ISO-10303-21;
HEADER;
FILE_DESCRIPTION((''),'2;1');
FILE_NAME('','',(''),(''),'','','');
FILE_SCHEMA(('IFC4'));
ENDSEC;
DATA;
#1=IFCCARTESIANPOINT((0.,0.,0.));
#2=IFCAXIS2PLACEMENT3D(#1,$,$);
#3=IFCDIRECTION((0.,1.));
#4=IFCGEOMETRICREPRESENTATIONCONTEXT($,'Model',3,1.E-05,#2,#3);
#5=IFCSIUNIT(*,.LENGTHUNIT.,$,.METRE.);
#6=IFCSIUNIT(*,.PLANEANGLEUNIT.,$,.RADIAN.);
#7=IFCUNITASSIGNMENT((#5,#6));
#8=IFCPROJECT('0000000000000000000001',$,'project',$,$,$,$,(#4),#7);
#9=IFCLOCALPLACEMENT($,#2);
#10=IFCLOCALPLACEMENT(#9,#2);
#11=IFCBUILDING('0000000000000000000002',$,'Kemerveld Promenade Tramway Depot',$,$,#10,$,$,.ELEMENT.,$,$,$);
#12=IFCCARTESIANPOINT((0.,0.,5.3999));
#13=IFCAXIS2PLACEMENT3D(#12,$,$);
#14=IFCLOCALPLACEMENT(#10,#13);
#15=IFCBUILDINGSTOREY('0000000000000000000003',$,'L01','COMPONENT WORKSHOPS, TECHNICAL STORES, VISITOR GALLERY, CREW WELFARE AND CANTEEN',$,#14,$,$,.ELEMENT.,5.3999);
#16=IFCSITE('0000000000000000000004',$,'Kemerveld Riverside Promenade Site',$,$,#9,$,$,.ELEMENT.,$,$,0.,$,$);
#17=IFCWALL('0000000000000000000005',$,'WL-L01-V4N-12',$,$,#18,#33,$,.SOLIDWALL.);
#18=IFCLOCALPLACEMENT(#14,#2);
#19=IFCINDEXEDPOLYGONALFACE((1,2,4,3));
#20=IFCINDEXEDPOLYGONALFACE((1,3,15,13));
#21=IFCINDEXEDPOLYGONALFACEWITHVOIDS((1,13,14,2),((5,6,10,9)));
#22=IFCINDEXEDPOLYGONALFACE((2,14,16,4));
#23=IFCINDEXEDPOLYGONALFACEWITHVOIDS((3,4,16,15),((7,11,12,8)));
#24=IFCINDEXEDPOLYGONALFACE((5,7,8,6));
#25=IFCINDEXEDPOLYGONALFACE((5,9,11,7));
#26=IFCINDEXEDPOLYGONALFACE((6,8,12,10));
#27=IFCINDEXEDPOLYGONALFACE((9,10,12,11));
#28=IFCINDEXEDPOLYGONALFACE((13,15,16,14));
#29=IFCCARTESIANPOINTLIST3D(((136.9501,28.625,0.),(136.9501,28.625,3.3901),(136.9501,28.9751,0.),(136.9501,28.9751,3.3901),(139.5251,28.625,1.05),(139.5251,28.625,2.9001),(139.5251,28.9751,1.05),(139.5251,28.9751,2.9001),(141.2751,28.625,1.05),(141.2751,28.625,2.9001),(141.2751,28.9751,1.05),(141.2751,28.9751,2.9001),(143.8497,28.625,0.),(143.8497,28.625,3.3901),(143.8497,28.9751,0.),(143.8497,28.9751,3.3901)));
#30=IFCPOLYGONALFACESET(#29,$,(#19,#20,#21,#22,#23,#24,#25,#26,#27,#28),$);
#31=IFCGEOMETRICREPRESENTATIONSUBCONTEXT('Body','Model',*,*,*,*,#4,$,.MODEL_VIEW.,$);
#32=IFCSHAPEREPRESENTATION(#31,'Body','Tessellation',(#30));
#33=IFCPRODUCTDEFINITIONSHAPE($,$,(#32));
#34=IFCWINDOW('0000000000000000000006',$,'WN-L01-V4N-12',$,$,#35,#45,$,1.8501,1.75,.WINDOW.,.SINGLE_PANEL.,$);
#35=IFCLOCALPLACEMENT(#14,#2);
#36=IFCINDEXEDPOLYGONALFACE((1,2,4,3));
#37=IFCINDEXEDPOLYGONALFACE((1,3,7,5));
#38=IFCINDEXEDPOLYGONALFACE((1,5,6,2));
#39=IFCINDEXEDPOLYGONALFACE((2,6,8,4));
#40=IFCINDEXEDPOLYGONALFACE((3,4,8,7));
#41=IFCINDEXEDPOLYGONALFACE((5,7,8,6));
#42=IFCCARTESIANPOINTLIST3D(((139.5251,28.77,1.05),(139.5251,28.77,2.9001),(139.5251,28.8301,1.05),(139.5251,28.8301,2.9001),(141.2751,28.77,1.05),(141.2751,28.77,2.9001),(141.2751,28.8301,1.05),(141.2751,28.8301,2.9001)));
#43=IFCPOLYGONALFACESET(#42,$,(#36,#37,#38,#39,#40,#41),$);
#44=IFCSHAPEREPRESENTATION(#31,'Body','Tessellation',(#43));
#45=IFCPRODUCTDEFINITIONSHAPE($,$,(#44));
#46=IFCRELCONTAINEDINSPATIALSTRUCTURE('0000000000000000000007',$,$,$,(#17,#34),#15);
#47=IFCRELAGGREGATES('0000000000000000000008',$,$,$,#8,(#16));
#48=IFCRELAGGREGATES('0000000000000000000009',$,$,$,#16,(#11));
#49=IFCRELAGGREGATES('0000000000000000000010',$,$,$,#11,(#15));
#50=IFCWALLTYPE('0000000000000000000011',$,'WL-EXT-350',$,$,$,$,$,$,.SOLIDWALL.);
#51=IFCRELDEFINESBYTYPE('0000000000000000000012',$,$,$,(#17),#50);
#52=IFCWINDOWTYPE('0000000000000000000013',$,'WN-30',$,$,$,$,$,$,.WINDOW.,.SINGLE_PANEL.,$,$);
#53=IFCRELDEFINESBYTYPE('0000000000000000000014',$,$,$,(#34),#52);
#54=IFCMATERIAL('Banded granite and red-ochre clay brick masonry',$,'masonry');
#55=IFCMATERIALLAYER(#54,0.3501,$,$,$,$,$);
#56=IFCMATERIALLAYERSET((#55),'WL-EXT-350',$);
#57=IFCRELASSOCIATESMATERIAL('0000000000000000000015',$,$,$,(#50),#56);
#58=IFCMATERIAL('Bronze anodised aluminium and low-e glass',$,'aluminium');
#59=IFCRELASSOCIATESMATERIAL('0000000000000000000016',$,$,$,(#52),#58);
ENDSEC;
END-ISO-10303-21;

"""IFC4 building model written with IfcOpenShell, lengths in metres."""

from ifc_helpers import new_model, si_unit, direction, frame, frame_2d, origin, place, context, subcontext, project, spatial, rectangle, extrude, material, layer, layer_set, type_object, element, fill, save


model = new_model("IFC4")

# Units and contexts
model_context = context("Model", 3, precision=1e-05, world=origin(), true_north=direction((0.0, 1.0)))
body_context = subcontext(model_context, "Body", "Model", "MODEL_VIEW")
ifc_project = project(units=[si_unit("LENGTHUNIT", "METRE"), si_unit("PLANEANGLEUNIT", "RADIAN")], contexts=[model_context])

# Site, building, storey
site_placement = place(None, origin())
site = spatial("IfcSite", under=ifc_project, at=site_placement, Name="Kemerveld Riverside Promenade Site", CompositionType="ELEMENT", RefElevation=0.0)
building_placement = place(site_placement, origin())
building = spatial("IfcBuilding", under=site, at=building_placement, Name="Kemerveld Promenade Tramway Depot", CompositionType="ELEMENT")
storey_placement = place(building_placement, frame((0.0, 0.0, 5.3999)))
storey = spatial("IfcBuildingStorey", under=building, at=storey_placement, Name="L01", Description="COMPONENT WORKSHOPS, TECHNICAL STORES, VISITOR GALLERY, CREW WELFARE AND CANTEEN", CompositionType="ELEMENT", Elevation=5.3999)

# Wall, opening, window
ifc_material_1 = material(Name="Banded granite and red-ochre clay brick masonry", Category="masonry")
ifc_layer_1 = layer(ifc_material_1, 0.3501)
ifc_layer_set_1 = layer_set([ifc_layer_1], Name="WL-EXT-350")
wall_type = type_object("IfcWallType", Name="WL-EXT-350", PredefinedType="SOLIDWALL", material=ifc_layer_set_1)
wall_placement = place(storey_placement, frame((136.9502, 28.8, 0.0), z_axis=(0.0, 0.0, 1.0), x_axis=(1.0, 0.0, 0.0)))
wall = element("IfcWall", 1, at=wall_placement, inside=storey, type_object=wall_type, Name="WL-L01-V4N-12", PredefinedType="SOLIDWALL", context=body_context, shape_type="SweptSolid", body=[
    extrude(rectangle(XDim=6.8997, YDim=0.3501, at=frame_2d((3.4497, 0.0))), origin(), (0.0, 0.0, 1.0), 3.3901),
])
opening_placement = place(wall_placement, frame((2.575, 0.0, 1.05)))
opening = element("IfcOpeningElement", 2, at=opening_placement, cuts=wall, PredefinedType="OPENING", context=body_context, shape_type="SweptSolid", body=[
    extrude(rectangle(XDim=1.75, YDim=1.8501, at=frame_2d((0.875, 0.925))), frame((0.0, 0.1851, 0.0), z_axis=(0.0, -1.0, 0.0), x_axis=(1.0, 0.0, 0.0)), (0.0, 0.0, 1.0), 0.3701),
])
ifc_material_2 = material(Name="Bronze anodised aluminium and low-e glass", Category="aluminium")
window_type = type_object("IfcWindowType", Name="WN-30", PartitioningType="SINGLE_PANEL", PredefinedType="WINDOW", material=ifc_material_2)
window_placement = place(opening_placement, origin())
window = element("IfcWindow", 3, at=window_placement, inside=storey, type_object=window_type, Name="WN-L01-V4N-12", OverallHeight=1.8501, OverallWidth=1.75, PartitioningType="SINGLE_PANEL", PredefinedType="WINDOW", context=body_context, shape_type="SweptSolid", body=[
    extrude(rectangle(XDim=1.75, YDim=1.8501, at=frame_2d((0.875, 0.925))), frame((0.0, 0.03, 0.0), z_axis=(0.0, -1.0, 0.0), x_axis=(1.0, 0.0, 0.0)), (0.0, 0.0, 1.0), 0.0601),
])
fill(opening, window)

save(model, "model.ifc")
